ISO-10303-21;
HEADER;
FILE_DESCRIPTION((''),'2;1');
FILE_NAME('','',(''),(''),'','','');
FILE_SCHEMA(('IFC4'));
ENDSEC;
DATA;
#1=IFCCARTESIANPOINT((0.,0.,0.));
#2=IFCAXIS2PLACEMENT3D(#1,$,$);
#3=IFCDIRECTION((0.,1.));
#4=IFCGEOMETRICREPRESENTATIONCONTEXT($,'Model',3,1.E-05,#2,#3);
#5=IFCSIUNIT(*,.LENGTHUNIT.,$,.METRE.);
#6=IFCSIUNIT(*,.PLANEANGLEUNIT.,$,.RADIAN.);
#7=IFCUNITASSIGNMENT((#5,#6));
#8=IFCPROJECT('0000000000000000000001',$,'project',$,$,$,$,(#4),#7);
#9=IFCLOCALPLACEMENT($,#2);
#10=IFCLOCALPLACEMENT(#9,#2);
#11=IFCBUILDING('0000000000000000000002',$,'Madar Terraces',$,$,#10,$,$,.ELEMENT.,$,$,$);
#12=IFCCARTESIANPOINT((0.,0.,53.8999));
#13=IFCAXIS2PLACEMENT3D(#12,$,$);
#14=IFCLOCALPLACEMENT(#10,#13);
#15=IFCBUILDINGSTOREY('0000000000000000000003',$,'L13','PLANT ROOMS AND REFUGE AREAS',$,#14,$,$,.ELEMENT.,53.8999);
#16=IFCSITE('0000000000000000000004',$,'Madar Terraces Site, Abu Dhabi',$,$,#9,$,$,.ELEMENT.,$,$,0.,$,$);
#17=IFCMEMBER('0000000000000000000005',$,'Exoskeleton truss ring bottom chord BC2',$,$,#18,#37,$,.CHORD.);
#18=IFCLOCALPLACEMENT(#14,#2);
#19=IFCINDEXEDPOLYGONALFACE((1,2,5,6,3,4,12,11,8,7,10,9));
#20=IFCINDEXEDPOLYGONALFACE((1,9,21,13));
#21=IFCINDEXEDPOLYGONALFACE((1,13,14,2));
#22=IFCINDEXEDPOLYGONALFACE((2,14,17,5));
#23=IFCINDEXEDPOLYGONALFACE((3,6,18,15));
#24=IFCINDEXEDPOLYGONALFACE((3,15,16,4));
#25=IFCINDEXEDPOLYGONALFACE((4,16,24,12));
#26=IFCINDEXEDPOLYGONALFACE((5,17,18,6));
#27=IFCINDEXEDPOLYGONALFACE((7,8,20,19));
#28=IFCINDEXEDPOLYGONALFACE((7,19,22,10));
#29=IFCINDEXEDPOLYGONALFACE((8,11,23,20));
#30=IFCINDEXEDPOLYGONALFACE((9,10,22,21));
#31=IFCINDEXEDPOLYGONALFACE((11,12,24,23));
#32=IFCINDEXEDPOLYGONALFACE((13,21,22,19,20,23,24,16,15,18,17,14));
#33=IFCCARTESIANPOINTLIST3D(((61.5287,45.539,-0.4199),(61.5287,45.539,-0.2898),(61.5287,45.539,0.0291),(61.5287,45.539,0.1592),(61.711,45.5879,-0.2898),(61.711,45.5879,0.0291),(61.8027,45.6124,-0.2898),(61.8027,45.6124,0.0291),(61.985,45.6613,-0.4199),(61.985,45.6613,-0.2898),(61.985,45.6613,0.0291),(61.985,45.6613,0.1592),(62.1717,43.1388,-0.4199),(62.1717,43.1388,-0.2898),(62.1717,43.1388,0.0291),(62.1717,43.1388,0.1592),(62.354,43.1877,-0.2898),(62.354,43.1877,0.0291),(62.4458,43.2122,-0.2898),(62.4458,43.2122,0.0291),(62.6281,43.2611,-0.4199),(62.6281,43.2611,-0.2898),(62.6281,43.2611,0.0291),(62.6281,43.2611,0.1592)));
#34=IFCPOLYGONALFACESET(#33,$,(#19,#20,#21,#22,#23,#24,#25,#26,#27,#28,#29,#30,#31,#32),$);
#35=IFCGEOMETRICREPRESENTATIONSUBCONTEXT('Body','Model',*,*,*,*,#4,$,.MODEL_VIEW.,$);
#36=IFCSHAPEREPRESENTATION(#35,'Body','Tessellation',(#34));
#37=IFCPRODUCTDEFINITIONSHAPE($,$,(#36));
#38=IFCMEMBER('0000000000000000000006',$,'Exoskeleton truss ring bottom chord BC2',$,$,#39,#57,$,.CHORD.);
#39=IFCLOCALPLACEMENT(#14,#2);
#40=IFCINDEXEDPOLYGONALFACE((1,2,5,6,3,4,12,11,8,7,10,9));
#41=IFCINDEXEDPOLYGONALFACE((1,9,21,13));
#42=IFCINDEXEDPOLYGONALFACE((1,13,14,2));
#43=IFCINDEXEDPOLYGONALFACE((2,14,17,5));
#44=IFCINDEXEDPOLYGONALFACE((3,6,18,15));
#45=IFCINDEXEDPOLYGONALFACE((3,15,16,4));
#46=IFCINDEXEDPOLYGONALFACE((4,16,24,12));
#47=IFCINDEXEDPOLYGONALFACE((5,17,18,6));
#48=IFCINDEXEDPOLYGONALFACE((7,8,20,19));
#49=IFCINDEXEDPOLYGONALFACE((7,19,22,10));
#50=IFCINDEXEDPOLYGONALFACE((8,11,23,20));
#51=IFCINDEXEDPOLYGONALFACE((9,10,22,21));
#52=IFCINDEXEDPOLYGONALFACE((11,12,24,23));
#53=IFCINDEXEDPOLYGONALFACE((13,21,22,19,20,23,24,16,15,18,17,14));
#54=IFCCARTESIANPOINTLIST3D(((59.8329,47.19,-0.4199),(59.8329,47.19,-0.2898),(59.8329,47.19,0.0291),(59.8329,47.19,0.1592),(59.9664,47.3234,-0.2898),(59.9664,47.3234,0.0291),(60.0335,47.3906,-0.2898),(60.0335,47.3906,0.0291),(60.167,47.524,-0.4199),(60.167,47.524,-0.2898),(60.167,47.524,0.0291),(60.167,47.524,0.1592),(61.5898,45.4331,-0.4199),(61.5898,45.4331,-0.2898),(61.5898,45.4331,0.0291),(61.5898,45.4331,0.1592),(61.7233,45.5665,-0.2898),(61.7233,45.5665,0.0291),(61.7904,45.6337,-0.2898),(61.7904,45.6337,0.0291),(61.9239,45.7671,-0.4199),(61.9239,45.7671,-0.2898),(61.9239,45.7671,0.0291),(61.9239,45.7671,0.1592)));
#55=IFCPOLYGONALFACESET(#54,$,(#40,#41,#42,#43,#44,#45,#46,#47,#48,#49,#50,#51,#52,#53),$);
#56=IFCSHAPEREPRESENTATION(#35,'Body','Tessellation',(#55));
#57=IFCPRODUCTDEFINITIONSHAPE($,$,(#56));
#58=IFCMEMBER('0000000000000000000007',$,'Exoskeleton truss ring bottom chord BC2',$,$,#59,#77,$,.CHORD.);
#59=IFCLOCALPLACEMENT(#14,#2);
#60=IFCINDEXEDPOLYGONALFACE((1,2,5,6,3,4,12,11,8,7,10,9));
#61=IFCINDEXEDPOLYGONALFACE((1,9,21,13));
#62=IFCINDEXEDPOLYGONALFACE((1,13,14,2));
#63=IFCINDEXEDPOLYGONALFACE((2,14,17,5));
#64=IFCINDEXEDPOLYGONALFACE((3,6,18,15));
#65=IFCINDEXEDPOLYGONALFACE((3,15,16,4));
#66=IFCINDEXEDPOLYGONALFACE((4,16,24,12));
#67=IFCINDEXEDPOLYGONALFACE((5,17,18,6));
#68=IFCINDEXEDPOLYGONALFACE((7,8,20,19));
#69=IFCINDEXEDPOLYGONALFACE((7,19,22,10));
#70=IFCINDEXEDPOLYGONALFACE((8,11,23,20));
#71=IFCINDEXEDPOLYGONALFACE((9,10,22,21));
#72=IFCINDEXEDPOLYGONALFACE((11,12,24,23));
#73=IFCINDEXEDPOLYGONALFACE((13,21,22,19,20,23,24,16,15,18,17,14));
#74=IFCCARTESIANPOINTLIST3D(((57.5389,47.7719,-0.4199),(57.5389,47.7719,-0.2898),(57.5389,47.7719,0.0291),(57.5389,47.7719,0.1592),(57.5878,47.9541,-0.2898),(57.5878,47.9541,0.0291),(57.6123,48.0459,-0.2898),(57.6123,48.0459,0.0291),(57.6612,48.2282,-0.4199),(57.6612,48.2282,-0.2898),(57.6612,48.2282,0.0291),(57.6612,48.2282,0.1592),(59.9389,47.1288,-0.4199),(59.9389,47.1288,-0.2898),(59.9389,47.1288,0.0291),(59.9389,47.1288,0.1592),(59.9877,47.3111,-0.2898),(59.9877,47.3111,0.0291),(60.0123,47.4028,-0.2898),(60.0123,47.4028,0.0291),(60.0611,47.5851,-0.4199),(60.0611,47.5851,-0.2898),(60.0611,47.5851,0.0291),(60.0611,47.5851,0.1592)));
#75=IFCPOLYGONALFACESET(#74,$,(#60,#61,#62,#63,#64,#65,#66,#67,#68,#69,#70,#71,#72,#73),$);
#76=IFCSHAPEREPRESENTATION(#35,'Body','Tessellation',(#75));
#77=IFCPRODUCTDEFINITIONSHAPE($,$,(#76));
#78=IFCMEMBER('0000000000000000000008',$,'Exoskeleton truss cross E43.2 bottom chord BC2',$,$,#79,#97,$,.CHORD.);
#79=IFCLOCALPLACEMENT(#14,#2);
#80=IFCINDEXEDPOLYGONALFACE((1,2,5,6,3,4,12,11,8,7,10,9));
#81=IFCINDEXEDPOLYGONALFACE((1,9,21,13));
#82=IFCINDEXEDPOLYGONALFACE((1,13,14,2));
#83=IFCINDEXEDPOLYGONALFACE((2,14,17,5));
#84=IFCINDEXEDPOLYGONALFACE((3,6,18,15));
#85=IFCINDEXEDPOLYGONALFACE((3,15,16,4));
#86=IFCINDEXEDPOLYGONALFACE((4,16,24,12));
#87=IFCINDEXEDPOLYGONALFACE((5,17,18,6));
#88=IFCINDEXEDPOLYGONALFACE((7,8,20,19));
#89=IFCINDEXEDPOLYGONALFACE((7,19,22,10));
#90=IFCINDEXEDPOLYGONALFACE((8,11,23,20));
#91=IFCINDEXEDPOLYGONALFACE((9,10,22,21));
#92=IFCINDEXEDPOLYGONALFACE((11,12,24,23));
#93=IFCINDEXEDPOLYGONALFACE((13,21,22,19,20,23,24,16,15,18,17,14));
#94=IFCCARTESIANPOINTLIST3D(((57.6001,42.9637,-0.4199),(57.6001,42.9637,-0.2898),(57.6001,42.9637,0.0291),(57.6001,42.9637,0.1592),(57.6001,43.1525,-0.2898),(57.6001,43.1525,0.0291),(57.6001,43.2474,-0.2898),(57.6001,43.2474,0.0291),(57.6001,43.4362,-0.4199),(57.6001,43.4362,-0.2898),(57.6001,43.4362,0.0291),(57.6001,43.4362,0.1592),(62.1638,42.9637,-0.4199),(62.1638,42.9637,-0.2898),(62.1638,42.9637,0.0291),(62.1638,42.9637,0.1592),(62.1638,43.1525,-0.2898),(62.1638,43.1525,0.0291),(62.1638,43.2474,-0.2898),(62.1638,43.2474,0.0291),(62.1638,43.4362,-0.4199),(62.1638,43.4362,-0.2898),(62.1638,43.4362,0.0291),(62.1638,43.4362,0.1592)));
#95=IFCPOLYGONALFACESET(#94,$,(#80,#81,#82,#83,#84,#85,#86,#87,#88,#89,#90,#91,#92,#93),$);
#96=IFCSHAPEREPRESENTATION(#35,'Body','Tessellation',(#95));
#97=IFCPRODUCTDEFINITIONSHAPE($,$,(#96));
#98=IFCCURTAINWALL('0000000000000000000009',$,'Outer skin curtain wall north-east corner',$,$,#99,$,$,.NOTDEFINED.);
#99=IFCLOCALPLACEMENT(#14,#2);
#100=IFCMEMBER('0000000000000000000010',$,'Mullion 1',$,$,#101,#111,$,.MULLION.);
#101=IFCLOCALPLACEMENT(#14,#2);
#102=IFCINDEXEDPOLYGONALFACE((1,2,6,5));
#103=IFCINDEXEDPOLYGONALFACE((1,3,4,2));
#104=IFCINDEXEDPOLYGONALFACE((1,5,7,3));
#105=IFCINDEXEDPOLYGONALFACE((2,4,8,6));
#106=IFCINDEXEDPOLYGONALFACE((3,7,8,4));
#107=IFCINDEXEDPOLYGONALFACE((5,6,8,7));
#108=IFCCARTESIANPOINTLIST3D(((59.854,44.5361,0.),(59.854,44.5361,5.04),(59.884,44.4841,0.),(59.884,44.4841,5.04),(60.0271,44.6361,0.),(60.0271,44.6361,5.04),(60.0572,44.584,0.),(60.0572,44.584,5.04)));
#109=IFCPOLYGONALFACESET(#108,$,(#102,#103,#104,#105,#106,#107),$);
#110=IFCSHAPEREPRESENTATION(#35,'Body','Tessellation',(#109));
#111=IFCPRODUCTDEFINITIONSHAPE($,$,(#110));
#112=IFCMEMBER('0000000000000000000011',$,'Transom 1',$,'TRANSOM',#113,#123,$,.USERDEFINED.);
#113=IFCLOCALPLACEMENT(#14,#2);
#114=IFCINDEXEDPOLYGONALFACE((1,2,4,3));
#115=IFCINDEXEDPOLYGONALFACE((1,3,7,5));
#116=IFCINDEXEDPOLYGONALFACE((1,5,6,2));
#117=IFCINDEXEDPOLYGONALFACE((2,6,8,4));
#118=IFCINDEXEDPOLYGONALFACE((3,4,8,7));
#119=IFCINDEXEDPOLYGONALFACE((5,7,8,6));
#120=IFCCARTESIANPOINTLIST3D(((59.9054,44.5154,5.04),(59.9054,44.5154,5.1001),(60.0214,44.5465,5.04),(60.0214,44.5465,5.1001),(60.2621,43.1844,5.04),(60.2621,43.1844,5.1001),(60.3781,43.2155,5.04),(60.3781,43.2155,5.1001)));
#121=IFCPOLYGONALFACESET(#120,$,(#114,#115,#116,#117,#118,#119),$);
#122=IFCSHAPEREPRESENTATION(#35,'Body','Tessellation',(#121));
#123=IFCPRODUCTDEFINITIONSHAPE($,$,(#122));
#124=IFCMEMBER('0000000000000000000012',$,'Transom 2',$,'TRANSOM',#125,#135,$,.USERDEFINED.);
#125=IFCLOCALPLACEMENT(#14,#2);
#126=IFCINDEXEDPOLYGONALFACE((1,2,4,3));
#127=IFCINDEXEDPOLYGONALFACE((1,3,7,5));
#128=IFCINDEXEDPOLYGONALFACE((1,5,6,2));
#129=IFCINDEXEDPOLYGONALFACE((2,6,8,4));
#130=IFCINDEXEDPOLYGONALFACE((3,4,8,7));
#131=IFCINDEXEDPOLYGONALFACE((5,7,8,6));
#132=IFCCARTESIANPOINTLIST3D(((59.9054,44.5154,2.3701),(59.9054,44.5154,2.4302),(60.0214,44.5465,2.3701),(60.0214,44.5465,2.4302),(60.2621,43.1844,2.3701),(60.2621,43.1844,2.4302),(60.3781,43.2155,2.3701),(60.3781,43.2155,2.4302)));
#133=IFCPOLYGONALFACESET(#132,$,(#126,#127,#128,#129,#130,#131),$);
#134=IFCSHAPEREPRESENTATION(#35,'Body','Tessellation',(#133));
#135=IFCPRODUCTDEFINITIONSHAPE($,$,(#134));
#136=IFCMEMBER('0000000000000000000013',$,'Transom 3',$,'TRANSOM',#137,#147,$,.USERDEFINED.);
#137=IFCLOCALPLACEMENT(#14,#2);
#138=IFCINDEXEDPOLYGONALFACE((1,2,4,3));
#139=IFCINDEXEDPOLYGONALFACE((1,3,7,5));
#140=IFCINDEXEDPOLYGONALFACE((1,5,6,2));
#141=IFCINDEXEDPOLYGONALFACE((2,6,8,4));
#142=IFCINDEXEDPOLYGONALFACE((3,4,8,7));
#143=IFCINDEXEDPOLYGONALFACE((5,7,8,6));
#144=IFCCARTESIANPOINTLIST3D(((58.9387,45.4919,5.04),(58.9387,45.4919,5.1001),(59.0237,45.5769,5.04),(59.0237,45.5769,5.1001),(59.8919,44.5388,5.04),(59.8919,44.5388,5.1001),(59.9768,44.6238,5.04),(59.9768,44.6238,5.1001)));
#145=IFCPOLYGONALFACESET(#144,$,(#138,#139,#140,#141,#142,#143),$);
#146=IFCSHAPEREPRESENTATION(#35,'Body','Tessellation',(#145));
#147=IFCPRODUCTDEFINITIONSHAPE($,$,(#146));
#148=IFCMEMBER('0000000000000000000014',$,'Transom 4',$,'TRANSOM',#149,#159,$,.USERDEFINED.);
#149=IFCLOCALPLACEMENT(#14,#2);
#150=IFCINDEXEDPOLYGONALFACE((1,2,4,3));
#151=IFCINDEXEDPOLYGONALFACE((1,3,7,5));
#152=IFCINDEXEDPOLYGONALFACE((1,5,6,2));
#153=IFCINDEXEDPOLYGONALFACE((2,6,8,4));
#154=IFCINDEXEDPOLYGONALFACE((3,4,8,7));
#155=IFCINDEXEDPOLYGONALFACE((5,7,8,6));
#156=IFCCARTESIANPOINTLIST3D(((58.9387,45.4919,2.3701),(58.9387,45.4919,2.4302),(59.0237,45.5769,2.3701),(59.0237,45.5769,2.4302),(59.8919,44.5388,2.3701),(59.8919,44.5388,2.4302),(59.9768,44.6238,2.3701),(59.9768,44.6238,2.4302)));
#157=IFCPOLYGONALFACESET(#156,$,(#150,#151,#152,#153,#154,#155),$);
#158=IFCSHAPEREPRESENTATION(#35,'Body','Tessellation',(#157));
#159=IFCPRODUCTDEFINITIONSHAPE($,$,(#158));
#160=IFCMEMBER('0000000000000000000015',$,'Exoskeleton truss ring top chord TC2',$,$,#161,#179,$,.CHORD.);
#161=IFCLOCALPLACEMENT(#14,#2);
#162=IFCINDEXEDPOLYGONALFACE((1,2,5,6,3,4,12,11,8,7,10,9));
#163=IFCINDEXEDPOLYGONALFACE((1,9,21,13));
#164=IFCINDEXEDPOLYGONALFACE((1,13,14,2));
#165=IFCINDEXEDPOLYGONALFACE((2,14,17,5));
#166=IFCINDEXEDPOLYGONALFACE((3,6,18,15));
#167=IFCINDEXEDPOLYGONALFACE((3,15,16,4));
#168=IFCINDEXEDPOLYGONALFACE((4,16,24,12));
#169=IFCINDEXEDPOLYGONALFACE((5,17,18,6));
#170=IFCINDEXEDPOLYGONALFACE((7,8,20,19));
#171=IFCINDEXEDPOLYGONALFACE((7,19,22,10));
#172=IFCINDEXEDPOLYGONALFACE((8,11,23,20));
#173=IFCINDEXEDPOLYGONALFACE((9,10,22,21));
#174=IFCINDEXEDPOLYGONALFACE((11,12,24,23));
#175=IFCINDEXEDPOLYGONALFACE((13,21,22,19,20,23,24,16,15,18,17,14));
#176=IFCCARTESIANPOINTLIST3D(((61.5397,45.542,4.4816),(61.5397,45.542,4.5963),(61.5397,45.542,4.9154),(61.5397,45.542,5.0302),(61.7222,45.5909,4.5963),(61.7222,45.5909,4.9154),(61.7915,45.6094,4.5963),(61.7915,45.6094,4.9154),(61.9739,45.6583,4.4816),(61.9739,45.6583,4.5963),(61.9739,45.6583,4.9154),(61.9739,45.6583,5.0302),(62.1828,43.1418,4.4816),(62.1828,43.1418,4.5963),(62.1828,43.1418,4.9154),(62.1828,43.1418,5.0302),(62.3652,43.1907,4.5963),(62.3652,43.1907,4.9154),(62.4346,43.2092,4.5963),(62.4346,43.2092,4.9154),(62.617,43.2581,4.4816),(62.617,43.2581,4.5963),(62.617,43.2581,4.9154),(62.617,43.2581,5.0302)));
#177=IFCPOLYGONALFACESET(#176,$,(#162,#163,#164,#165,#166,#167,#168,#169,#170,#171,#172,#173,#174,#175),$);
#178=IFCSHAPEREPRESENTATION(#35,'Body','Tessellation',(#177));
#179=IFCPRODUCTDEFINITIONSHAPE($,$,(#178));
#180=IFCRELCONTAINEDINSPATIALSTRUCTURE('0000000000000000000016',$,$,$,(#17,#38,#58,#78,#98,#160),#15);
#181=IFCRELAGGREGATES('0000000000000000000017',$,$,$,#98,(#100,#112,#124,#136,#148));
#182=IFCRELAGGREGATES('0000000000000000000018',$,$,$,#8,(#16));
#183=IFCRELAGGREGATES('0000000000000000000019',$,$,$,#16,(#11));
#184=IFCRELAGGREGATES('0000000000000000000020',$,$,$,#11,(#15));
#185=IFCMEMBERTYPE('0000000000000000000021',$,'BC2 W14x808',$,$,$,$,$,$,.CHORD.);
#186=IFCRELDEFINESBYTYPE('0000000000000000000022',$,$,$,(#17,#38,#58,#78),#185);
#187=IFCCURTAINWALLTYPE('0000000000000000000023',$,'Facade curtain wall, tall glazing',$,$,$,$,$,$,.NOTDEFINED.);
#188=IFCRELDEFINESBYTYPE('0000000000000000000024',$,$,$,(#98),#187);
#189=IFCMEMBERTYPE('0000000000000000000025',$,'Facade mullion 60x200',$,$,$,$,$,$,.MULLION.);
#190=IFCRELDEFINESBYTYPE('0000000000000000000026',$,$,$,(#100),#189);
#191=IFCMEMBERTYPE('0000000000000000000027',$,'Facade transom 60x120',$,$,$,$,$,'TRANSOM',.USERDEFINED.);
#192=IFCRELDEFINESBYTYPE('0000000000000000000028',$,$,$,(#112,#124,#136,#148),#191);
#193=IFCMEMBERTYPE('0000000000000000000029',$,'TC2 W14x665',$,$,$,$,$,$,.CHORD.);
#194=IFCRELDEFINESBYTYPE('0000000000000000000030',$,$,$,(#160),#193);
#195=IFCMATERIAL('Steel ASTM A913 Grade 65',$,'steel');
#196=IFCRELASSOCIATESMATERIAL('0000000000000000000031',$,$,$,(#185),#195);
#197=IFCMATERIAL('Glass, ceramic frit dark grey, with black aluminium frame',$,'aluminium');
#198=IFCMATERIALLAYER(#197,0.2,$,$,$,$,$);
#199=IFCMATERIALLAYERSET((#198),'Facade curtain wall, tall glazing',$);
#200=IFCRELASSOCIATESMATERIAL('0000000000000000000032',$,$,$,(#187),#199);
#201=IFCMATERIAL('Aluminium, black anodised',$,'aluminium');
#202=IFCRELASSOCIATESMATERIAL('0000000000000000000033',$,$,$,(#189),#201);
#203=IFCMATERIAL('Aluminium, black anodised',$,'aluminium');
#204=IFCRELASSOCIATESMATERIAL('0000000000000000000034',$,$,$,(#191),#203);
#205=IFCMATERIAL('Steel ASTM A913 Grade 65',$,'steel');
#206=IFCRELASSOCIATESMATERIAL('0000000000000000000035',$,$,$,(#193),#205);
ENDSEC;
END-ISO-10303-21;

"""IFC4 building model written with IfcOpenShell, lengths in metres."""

from ifc_helpers import new_model, si_unit, direction, frame, origin, origin_2d, place, context, subcontext, project, spatial, rectangle, i_section, extrude, material, layer, layer_set, material_profile, profile_set, type_object, element, aggregate, save


model = new_model("IFC4")

# Units and contexts
model_context = context("Model", 3, precision=1e-05, world=origin(), true_north=direction((0.0, 1.0)))
body_context = subcontext(model_context, "Body", "Model", "MODEL_VIEW")
ifc_project = project(units=[si_unit("LENGTHUNIT", "METRE"), si_unit("PLANEANGLEUNIT", "RADIAN")], contexts=[model_context])

# Site, building, storey
site_placement = place(None, origin())
site = spatial("IfcSite", under=ifc_project, at=site_placement, Name="Madar Terraces Site, Abu Dhabi", CompositionType="ELEMENT", RefElevation=0.0)
building_placement = place(site_placement, origin())
building = spatial("IfcBuilding", under=site, at=building_placement, Name="Madar Terraces", CompositionType="ELEMENT")
storey_placement = place(building_placement, frame((0.0, 0.0, 53.8999)))
storey = spatial("IfcBuildingStorey", under=building, at=storey_placement, Name="L13", Description="PLANT ROOMS AND REFUGE AREAS", CompositionType="ELEMENT", Elevation=53.8999)

# Members
ifc_material_1 = material(Name="Steel ASTM A913 Grade 65", Category="steel")
ifc_material_profile_1 = material_profile(ifc_material_1, i_section(OverallWidth=0.4724, OverallDepth=0.5791, WebThickness=0.095, FlangeThickness=0.1301, at=origin_2d()), Name="W14x808")
ifc_profile_set_1 = profile_set([ifc_material_profile_1], Name="Steel ASTM A913 Grade 65")
member_type_1 = type_object("IfcMemberType", Name="BC2 W14x808", PredefinedType="CHORD", material=ifc_profile_set_1)
member_1_placement = place(storey_placement, frame((62.3999, 43.2, -0.1304), z_axis=(-0.2588, 0.965931, 0.0), x_axis=(-0.965931, -0.2588, 0.0)))
element("IfcMember", 1, at=member_1_placement, inside=storey, type_object=member_type_1, Name="Exoskeleton truss ring bottom chord BC2", PredefinedType="CHORD", context=body_context, shape_type="SweptSolid", body=[
    extrude(i_section(OverallWidth=0.4724, OverallDepth=0.5791, WebThickness=0.095, FlangeThickness=0.1301, at=origin_2d()), origin(), (0.0, 0.0, 1.0), 2.4849),
])
for number, where, z_axis, x_axis, name in (
    (2, (61.7568, 45.6001, -0.1304), (-0.707107, 0.707107, 0.0), (-0.707107, -0.707107, 0.0), "Exoskeleton truss ring bottom chord BC2"),
    (3, (60.0, 47.3569, -0.1304), (-0.965924, 0.258824, 0.0), (-0.258824, -0.965924, 0.0), "Exoskeleton truss ring bottom chord BC2"),
):
    element("IfcMember", number, at=place(storey_placement, frame(where, z_axis=z_axis, x_axis=x_axis)), inside=storey, type_object=member_type_1, Name=name, PredefinedType="CHORD", context=body_context, shape_type="SweptSolid", body=[
        extrude(i_section(OverallWidth=0.4724, OverallDepth=0.5791, WebThickness=0.095, FlangeThickness=0.1301, at=origin_2d()), origin(), (0.0, 0.0, 1.0), 2.4846),
    ])
member_2_placement = place(storey_placement, frame((62.1638, 43.2, -0.1304), z_axis=(-1.0, 0.0, 0.0), x_axis=(0.0, -1.0, 0.0)))
element("IfcMember", 4, at=member_2_placement, inside=storey, type_object=member_type_1, Name="Exoskeleton truss cross E43.2 bottom chord BC2", PredefinedType="CHORD", context=body_context, shape_type="SweptSolid", body=[
    extrude(i_section(OverallWidth=0.4724, OverallDepth=0.5791, WebThickness=0.095, FlangeThickness=0.1301, at=origin_2d()), origin(), (0.0, 0.0, 1.0), 4.5637),
])

# Curtain wall, members
ifc_material_2 = material(Name="Glass, ceramic frit dark grey, with black aluminium frame", Category="aluminium")
ifc_layer_1 = layer(ifc_material_2, 0.2)
ifc_layer_set_1 = layer_set([ifc_layer_1], Name="Facade curtain wall, tall glazing")
curtain_wall_type = type_object("IfcCurtainWallType", Name="Facade curtain wall, tall glazing", PredefinedType="NOTDEFINED", material=ifc_layer_set_1)
curtain_wall_placement = place(storey_placement, origin())
curtain_wall = element("IfcCurtainWall", 5, at=curtain_wall_placement, inside=storey, type_object=curtain_wall_type, Name="Outer skin curtain wall north-east corner", PredefinedType="NOTDEFINED")
ifc_material_3 = material(Name="Aluminium, black anodised", Category="aluminium")
ifc_material_profile_2 = material_profile(ifc_material_3, rectangle(XDim=0.2, YDim=0.0601, at=origin_2d()), Name="Facade mullion 60x200")
ifc_profile_set_2 = profile_set([ifc_material_profile_2], Name="Aluminium, black anodised")
member_type_2 = type_object("IfcMemberType", Name="Facade mullion 60x200", PredefinedType="MULLION", material=ifc_profile_set_2)
member_3_placement = place(storey_placement, frame((59.9556, 44.5601, 0.0), z_axis=(0.0, 0.0, 1.0), x_axis=(-0.866025, -0.5, 0.0)))
member_3 = element("IfcMember", 6, at=member_3_placement, type_object=member_type_2, Name="Mullion 1", PredefinedType="MULLION", context=body_context, shape_type="SweptSolid", body=[
    extrude(rectangle(XDim=0.2, YDim=0.0601, at=origin_2d()), origin(), (0.0, 0.0, 1.0), 5.04),
])
ifc_material_4 = material(Name="Aluminium, black anodised", Category="aluminium")
ifc_material_profile_3 = material_profile(ifc_material_4, rectangle(XDim=0.1201, YDim=0.0601, at=origin_2d()), Name="Facade transom 60x120")
ifc_profile_set_3 = profile_set([ifc_material_profile_3], Name="Aluminium, black anodised")
member_type_3 = type_object("IfcMemberType", Name="Facade transom 60x120", ElementType="TRANSOM", PredefinedType="USERDEFINED", material=ifc_profile_set_3)
member_4_placement = place(storey_placement, frame((60.3201, 43.2, 5.0701), z_axis=(-0.258842, 0.96592, 0.0), x_axis=(-0.96592, -0.258842, 0.0)))
member_4 = element("IfcMember", 7, at=member_4_placement, type_object=member_type_3, Name="Transom 1", ObjectType="TRANSOM", PredefinedType="USERDEFINED", context=body_context, shape_type="SweptSolid", body=[
    extrude(rectangle(XDim=0.1201, YDim=0.0601, at=origin_2d()), origin(), (0.0, 0.0, 1.0), 1.3779),
])
member_5_placement = place(storey_placement, frame((60.3201, 43.2, 2.4001), z_axis=(-0.258842, 0.96592, 0.0), x_axis=(-0.96592, -0.258842, 0.0)))
member_5 = element("IfcMember", 8, at=member_5_placement, type_object=member_type_3, Name="Transom 2", ObjectType="TRANSOM", PredefinedType="USERDEFINED", context=body_context, shape_type="SweptSolid", body=[
    extrude(rectangle(XDim=0.1201, YDim=0.0601, at=origin_2d()), origin(), (0.0, 0.0, 1.0), 1.3779),
])
member_6_placement = place(storey_placement, frame((59.9343, 44.5813, 5.0701), z_axis=(-0.707107, 0.707107, 0.0), x_axis=(-0.707107, -0.707107, 0.0)))
member_6 = element("IfcMember", 9, at=member_6_placement, type_object=member_type_3, Name="Transom 3", ObjectType="TRANSOM", PredefinedType="USERDEFINED", context=body_context, shape_type="SweptSolid", body=[
    extrude(rectangle(XDim=0.1201, YDim=0.0601, at=origin_2d()), origin(), (0.0, 0.0, 1.0), 1.3479),
])
member_7_placement = place(storey_placement, frame((59.9343, 44.5813, 2.4001), z_axis=(-0.707107, 0.707107, 0.0), x_axis=(-0.707107, -0.707107, 0.0)))
member_7 = element("IfcMember", 10, at=member_7_placement, type_object=member_type_3, Name="Transom 4", ObjectType="TRANSOM", PredefinedType="USERDEFINED", context=body_context, shape_type="SweptSolid", body=[
    extrude(rectangle(XDim=0.1201, YDim=0.0601, at=origin_2d()), origin(), (0.0, 0.0, 1.0), 1.3479),
])

# Member
ifc_material_5 = material(Name="Steel ASTM A913 Grade 65", Category="steel")
ifc_material_profile_4 = material_profile(ifc_material_5, i_section(OverallWidth=0.4495, OverallDepth=0.5486, WebThickness=0.0718, FlangeThickness=0.1147, at=origin_2d()), Name="W14x665")
ifc_profile_set_4 = profile_set([ifc_material_profile_4], Name="Steel ASTM A913 Grade 65")
member_type_4 = type_object("IfcMemberType", Name="TC2 W14x665", PredefinedType="CHORD", material=ifc_profile_set_4)
member_8_placement = place(storey_placement, frame((62.3999, 43.2, 4.7559), z_axis=(-0.2588, 0.965931, 0.0), x_axis=(-0.965931, -0.2588, 0.0)))
element("IfcMember", 11, at=member_8_placement, inside=storey, type_object=member_type_4, Name="Exoskeleton truss ring top chord TC2", PredefinedType="CHORD", context=body_context, shape_type="SweptSolid", body=[
    extrude(i_section(OverallWidth=0.4495, OverallDepth=0.5486, WebThickness=0.0718, FlangeThickness=0.1147, at=origin_2d()), origin(), (0.0, 0.0, 1.0), 2.4849),
])

aggregate(curtain_wall, [member_3, member_4, member_5, member_6, member_7])

save(model, "model.ifc")
